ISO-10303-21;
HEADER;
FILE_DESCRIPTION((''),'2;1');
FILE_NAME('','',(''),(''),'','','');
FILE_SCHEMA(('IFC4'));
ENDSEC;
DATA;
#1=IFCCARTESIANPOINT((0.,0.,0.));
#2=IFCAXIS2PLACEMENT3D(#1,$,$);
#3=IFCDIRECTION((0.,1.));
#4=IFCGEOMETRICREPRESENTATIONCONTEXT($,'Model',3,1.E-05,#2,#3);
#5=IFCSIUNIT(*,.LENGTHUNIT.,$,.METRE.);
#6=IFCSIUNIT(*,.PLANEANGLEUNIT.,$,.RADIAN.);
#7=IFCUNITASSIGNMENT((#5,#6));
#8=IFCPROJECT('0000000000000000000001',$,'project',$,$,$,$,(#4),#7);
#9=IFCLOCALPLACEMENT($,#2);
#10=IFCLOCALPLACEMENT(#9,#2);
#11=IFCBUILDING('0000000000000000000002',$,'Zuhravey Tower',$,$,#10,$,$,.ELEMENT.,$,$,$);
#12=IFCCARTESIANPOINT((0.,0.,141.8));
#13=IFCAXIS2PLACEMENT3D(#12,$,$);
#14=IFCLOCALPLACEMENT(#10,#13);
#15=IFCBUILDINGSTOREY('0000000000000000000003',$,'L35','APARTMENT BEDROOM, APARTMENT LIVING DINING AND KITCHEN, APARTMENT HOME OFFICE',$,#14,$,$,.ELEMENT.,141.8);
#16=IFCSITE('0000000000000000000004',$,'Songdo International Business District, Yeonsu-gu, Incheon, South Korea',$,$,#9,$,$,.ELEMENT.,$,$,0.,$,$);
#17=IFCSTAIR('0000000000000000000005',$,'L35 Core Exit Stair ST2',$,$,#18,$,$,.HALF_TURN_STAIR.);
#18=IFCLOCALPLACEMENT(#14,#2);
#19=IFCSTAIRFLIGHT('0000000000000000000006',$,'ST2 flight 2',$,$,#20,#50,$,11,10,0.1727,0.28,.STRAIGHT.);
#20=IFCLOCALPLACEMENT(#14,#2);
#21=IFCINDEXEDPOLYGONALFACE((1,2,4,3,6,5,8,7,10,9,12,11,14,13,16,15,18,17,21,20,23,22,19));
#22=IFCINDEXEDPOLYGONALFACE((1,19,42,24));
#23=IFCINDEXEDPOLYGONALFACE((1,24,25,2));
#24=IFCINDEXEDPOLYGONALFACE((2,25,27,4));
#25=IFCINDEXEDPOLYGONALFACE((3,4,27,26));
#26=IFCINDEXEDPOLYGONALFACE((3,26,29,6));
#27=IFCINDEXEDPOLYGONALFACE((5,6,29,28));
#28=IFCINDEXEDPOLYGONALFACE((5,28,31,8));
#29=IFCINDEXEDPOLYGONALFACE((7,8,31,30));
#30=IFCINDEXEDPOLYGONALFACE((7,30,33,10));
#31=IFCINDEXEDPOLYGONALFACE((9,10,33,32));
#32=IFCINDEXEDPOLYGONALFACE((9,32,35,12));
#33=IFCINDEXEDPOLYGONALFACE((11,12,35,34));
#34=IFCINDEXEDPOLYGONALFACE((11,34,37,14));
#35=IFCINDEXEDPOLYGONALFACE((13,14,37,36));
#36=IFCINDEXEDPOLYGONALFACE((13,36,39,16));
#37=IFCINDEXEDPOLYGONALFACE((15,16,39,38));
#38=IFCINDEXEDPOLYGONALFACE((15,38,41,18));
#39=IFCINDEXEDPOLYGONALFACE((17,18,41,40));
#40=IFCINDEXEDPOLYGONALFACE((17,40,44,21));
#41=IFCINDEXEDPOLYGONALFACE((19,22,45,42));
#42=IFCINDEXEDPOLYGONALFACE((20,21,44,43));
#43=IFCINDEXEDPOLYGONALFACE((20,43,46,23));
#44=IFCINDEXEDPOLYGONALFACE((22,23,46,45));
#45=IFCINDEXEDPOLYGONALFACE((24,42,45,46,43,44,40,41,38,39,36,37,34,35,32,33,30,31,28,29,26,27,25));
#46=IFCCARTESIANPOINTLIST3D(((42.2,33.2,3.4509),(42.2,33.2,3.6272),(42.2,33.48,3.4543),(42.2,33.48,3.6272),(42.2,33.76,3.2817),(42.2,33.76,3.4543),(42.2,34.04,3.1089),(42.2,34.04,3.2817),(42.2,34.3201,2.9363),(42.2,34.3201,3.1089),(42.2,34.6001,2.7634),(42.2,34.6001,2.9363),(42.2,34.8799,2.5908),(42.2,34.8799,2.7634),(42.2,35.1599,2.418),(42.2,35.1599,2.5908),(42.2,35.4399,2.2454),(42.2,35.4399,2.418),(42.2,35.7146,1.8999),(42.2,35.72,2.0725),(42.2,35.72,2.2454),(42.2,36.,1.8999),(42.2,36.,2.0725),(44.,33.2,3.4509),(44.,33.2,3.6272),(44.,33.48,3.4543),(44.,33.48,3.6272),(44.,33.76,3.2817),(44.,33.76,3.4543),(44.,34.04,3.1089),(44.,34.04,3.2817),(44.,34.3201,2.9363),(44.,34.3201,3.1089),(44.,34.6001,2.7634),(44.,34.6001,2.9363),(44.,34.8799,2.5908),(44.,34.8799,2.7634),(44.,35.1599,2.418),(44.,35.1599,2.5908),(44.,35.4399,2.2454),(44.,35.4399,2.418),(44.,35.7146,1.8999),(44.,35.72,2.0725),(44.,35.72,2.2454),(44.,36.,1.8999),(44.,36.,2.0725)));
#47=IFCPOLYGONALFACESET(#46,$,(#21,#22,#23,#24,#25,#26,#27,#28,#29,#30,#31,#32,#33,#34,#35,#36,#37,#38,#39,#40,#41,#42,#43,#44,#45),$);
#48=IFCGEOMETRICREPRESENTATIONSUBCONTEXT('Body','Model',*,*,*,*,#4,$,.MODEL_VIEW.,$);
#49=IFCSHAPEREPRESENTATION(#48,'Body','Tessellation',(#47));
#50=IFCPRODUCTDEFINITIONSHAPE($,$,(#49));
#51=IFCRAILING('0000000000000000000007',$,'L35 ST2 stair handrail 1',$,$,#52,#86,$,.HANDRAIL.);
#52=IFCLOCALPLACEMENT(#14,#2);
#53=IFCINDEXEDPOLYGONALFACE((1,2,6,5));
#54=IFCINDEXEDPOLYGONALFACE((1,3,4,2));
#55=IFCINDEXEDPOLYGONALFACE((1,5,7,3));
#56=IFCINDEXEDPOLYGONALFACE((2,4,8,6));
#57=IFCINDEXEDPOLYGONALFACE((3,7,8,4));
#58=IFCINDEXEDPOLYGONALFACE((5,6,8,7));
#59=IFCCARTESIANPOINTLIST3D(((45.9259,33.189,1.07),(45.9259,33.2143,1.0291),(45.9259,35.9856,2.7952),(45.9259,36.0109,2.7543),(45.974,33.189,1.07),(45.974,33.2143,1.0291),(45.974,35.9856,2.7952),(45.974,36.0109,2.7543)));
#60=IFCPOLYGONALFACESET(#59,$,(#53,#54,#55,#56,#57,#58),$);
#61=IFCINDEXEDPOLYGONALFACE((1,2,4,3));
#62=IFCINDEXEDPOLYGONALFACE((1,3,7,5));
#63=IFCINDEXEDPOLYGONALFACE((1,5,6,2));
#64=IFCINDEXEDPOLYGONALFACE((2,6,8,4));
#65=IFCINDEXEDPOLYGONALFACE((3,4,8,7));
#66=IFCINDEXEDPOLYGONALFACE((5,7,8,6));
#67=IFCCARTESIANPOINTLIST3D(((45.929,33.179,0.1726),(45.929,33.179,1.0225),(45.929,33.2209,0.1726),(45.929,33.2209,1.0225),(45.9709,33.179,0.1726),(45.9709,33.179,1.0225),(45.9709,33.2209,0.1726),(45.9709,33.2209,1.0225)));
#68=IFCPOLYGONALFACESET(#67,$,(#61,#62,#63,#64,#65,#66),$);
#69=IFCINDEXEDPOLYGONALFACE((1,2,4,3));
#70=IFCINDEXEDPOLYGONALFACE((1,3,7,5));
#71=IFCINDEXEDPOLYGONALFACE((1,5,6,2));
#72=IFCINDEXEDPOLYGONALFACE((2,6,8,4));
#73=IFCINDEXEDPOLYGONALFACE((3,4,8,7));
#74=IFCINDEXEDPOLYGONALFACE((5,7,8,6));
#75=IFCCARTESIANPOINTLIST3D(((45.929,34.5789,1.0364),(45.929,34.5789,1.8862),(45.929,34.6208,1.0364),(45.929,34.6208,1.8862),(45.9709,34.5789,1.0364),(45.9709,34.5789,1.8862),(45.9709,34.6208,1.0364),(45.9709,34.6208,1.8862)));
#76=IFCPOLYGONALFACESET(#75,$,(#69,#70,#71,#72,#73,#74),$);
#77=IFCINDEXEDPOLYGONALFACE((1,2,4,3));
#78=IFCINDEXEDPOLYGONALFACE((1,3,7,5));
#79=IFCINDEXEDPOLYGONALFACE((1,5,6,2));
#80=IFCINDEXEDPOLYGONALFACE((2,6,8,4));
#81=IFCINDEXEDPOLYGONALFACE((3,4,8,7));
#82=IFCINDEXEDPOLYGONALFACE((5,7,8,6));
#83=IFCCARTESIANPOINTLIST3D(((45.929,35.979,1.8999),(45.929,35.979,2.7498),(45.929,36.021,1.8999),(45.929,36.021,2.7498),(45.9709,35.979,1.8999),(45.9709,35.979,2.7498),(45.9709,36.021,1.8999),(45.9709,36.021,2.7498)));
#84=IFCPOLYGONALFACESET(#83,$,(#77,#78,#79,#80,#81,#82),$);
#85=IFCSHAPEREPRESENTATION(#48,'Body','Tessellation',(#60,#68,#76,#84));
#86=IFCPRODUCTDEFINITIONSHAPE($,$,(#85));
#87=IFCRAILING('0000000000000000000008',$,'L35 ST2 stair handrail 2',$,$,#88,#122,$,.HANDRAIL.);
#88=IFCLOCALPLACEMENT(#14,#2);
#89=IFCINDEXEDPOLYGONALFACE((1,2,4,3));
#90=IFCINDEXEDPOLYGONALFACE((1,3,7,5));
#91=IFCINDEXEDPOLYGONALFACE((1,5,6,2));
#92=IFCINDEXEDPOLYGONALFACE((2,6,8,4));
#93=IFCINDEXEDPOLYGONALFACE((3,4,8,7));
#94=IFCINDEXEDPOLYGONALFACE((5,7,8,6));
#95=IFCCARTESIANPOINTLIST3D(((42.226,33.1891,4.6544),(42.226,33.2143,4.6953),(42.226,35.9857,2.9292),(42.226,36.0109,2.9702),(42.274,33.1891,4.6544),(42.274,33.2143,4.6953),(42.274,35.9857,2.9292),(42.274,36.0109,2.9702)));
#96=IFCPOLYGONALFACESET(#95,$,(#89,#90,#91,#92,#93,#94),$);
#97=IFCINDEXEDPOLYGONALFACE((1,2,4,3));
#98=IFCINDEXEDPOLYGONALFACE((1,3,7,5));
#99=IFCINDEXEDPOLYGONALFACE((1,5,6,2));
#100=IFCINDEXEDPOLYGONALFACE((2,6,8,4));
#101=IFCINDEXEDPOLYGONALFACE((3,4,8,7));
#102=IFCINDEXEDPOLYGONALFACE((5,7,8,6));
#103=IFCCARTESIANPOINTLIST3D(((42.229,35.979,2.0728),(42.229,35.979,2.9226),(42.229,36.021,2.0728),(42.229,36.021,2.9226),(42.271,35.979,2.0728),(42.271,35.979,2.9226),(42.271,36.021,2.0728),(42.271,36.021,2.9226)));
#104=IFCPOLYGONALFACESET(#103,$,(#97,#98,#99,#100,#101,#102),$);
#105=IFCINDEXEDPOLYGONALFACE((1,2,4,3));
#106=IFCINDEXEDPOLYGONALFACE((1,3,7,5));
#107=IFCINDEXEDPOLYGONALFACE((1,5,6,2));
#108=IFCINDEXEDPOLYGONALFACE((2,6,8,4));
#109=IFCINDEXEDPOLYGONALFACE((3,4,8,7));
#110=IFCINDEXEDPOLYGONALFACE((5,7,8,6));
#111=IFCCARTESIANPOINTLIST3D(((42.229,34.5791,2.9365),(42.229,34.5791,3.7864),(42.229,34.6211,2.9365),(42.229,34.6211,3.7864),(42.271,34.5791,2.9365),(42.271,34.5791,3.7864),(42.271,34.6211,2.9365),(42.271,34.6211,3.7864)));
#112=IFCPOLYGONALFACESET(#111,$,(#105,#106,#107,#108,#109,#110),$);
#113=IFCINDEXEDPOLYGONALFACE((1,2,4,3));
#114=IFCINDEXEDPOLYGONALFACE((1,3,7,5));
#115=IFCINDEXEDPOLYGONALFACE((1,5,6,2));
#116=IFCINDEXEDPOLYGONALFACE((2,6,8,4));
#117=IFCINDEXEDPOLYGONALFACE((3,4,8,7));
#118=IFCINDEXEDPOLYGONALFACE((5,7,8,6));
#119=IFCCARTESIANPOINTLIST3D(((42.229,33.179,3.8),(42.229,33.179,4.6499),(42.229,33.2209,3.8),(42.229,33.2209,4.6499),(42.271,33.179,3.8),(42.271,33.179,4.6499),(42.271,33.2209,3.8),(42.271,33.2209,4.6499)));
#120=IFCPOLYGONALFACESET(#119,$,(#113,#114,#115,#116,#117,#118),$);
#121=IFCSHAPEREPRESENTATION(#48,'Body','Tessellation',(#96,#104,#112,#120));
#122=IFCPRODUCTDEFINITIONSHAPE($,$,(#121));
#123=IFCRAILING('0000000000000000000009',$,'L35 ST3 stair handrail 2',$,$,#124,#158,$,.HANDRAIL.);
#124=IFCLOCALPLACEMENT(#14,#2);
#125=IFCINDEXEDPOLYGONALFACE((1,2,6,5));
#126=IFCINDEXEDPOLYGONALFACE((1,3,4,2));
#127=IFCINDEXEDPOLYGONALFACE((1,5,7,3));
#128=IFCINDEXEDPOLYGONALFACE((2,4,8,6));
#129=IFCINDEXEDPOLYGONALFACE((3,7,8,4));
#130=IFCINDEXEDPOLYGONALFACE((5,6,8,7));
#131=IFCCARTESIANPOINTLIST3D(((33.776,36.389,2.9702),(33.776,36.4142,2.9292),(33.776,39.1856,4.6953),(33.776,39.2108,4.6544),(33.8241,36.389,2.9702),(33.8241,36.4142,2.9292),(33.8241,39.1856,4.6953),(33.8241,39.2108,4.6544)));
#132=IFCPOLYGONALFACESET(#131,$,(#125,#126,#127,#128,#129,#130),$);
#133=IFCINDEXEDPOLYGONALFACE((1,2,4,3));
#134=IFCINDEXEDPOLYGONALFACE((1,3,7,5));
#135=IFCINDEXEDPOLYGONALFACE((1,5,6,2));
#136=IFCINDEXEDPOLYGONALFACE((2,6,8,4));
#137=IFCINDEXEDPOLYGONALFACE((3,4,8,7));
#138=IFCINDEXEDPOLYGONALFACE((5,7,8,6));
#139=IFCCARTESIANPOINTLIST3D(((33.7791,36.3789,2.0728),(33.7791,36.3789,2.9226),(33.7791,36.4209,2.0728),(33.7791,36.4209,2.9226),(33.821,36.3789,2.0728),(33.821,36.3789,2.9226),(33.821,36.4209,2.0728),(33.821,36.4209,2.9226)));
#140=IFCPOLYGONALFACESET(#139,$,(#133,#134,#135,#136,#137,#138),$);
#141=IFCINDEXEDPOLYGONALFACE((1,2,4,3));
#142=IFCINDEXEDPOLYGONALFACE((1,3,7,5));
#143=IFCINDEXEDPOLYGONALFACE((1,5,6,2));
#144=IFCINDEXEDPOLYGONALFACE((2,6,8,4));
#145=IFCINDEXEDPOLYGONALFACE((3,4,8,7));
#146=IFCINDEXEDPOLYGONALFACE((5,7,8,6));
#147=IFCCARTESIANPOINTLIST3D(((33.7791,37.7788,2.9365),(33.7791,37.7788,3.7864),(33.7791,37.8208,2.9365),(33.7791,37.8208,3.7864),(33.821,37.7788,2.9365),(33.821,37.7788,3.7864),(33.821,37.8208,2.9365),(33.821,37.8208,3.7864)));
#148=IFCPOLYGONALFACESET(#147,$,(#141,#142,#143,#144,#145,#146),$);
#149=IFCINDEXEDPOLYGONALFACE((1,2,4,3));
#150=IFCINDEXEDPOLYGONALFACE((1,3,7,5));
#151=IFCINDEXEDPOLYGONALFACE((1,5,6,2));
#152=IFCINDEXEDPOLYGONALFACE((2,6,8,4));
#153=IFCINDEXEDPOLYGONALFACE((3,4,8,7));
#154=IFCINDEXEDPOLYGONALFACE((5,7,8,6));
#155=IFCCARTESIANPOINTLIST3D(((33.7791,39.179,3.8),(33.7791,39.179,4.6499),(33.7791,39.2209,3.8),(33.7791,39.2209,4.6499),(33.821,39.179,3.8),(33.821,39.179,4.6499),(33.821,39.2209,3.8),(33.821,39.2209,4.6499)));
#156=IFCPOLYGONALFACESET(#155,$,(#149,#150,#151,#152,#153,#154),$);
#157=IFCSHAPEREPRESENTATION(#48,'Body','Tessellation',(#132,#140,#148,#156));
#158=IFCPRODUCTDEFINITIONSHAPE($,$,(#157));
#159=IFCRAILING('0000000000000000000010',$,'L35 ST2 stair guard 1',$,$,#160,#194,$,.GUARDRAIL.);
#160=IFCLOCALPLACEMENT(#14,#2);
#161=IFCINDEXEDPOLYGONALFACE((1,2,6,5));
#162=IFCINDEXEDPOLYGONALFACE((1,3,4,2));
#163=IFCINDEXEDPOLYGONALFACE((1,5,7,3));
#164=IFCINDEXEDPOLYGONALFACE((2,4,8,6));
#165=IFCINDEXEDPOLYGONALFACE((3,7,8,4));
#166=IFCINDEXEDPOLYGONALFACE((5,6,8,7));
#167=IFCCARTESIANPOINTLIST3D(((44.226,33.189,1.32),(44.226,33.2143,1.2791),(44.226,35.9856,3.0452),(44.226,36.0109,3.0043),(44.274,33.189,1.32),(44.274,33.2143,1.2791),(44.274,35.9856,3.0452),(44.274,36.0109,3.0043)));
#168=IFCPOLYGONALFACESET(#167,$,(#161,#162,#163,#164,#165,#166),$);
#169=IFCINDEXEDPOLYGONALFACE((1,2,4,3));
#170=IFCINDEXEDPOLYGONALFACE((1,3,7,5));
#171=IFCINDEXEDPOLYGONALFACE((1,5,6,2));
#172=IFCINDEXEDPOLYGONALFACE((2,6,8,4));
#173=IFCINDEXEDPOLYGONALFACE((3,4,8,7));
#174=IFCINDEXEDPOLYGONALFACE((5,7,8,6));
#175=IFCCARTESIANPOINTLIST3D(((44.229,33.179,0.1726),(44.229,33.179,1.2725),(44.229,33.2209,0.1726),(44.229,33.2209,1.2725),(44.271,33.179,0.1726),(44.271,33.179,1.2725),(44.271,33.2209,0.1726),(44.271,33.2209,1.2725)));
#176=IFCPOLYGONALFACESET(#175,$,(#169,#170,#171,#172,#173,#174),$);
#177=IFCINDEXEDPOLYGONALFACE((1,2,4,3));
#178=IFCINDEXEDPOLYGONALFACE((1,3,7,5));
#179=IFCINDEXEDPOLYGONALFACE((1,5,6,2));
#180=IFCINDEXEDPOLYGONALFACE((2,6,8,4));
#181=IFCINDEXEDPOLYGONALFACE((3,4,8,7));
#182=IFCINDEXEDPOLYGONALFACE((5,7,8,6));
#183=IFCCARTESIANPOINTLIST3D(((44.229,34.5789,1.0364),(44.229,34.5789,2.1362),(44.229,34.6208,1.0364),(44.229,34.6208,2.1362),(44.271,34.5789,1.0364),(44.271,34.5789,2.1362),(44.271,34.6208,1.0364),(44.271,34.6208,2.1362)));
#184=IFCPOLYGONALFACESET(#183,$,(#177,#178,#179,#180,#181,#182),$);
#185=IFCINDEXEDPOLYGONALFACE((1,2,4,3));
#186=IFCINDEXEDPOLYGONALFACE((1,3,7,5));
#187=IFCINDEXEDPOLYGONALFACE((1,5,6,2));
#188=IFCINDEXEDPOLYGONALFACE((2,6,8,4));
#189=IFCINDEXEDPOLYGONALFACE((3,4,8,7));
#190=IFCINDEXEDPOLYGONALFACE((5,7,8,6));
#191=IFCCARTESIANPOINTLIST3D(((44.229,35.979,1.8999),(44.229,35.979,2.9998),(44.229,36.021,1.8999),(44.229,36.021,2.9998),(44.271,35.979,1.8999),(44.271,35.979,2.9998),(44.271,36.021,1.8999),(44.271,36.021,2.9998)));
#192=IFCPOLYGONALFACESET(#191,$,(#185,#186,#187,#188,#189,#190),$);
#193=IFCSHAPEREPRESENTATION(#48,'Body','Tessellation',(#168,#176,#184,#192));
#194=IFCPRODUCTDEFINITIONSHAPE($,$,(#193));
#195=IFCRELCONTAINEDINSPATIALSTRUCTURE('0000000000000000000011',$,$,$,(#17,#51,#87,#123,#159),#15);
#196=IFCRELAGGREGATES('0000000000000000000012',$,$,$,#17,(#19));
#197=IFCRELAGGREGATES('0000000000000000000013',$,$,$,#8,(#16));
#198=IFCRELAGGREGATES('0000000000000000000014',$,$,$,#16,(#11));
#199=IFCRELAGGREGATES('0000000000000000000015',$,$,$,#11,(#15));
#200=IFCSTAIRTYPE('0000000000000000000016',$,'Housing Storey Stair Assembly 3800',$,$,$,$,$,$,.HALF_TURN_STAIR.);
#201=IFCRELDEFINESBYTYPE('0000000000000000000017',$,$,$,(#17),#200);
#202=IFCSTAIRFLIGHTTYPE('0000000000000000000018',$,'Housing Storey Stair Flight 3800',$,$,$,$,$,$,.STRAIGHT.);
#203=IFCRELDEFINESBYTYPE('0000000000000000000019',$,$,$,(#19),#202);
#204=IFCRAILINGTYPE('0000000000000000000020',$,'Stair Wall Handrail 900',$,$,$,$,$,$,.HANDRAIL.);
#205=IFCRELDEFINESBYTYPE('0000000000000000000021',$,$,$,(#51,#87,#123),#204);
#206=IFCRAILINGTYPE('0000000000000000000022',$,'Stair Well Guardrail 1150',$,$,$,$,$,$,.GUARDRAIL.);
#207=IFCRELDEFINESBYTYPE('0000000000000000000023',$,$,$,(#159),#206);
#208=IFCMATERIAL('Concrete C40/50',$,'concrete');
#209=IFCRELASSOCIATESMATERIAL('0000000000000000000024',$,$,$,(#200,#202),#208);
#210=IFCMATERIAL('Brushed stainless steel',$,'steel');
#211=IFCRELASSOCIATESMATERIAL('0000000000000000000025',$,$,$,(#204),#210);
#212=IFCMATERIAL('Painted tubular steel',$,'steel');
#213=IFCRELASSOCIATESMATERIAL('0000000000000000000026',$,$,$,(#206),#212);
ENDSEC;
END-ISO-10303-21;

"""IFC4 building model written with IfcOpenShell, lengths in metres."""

from ifc_helpers import new_model, si_unit, direction, frame, origin, origin_2d, place, context, subcontext, project, spatial, polyline, rectangle, outline, extrude, material, type_object, element, aggregate, save


model = new_model("IFC4")

# Units and contexts
model_context = context("Model", 3, precision=1e-05, world=origin(), true_north=direction((0.0, 1.0)))
body_context = subcontext(model_context, "Body", "Model", "MODEL_VIEW")
ifc_project = project(units=[si_unit("LENGTHUNIT", "METRE"), si_unit("PLANEANGLEUNIT", "RADIAN")], contexts=[model_context])

# Site, building, storey
site_placement = place(None, origin())
site = spatial("IfcSite", under=ifc_project, at=site_placement, Name="Songdo International Business District, Yeonsu-gu, Incheon, South Korea", CompositionType="ELEMENT", RefElevation=0.0)
building_placement = place(site_placement, origin())
building = spatial("IfcBuilding", under=site, at=building_placement, Name="Zuhravey Tower", CompositionType="ELEMENT")
storey_placement = place(building_placement, frame((0.0, 0.0, 141.8)))
storey = spatial("IfcBuildingStorey", under=building, at=storey_placement, Name="L35", Description="APARTMENT BEDROOM, APARTMENT LIVING DINING AND KITCHEN, APARTMENT HOME OFFICE", CompositionType="ELEMENT", Elevation=141.8)

# Stair, stair flight
ifc_material_1 = material(Name="Concrete C40/50", Category="concrete")
stair_type = type_object("IfcStairType", Name="Housing Storey Stair Assembly 3800", PredefinedType="HALF_TURN_STAIR", material=ifc_material_1)
stair_placement = place(storey_placement, origin())
stair = element("IfcStair", 1, at=stair_placement, inside=storey, type_object=stair_type, Name="L35 Core Exit Stair ST2", PredefinedType="HALF_TURN_STAIR")
stair_flight_type = type_object("IfcStairFlightType", Name="Housing Storey Stair Flight 3800", PredefinedType="STRAIGHT", material=ifc_material_1)
stair_flight_1_placement = place(storey_placement, frame((43.1001, 36.0, 1.8999), z_axis=(0.0, 0.0, 1.0), x_axis=(0.0, -1.0, 0.0)))
stair_flight_1 = element("IfcStairFlight", 2, at=stair_flight_1_placement, type_object=stair_flight_type, Name="ST2 flight 2", NumberOfRisers=11, NumberOfTreads=10, PredefinedType="STRAIGHT", RiserHeight=0.1727, TreadLength=0.28, context=body_context, shape_type="SweptSolid", body=[
    extrude(outline(polyline([(0.0, 0.0), (0.0, 0.1726), (0.28, 0.1726), (0.28, 0.3455), (0.5601, 0.3455), (0.5601, 0.5181), (0.8401, 0.5181), (0.8401, 0.6909), (1.1201, 0.6909), (1.1201, 0.8635), (1.3999, 0.8635), (1.3999, 1.0364), (1.6799, 1.0364), (1.6799, 1.209), (1.96, 1.209), (1.96, 1.3818), (2.24, 1.3818), (2.24, 1.5544), (2.52, 1.5544), (2.52, 1.7273), (2.8, 1.7273), (2.8, 1.8999), (2.8, 1.551), (0.2854, 0.0), (0.0, 0.0)])), frame((0.0, 0.8999, 0.0), z_axis=(0.0, -1.0, 0.0), x_axis=(1.0, 0.0, 0.0)), (0.0, 0.0, 1.0), 1.8),
])
aggregate(stair, [stair_flight_1])

# Railings
ifc_material_2 = material(Name="Brushed stainless steel", Category="steel")
railing_type_1 = type_object("IfcRailingType", Name="Stair Wall Handrail 900", PredefinedType="HANDRAIL", material=ifc_material_2)
railing_1_placement = place(storey_placement, frame((45.95, 33.2, 0.1726)))
element("IfcRailing", 3, at=railing_1_placement, inside=storey, type_object=railing_type_1, Name="L35 ST2 stair handrail 1", PredefinedType="HANDRAIL", context=body_context, shape_type="SweptSolid", body=[
    extrude(rectangle(XDim=0.0481, YDim=0.0481, at=origin_2d()), frame((0.0, 0.0017, 0.877), z_axis=(0.0, 0.85109, 0.52502), x_axis=(-1.0, 0.0, 0.0)), (0.0, 0.0, 1.0), 3.2859),
    extrude(rectangle(XDim=0.042, YDim=0.042, at=origin_2d()), origin(), (0.0, 0.0, 1.0), 0.8499),
    extrude(rectangle(XDim=0.042, YDim=0.042, at=origin_2d()), frame((0.0, 1.3999, 0.8638)), (0.0, 0.0, 1.0), 0.8499),
    extrude(rectangle(XDim=0.042, YDim=0.042, at=origin_2d()), frame((0.0, 2.8, 1.7273)), (0.0, 0.0, 1.0), 0.8499),
])
railing_2_placement = place(storey_placement, frame((42.25, 36.0, 2.0728)))
element("IfcRailing", 4, at=railing_2_placement, inside=storey, type_object=railing_type_1, Name="L35 ST2 stair handrail 2", PredefinedType="HANDRAIL", context=body_context, shape_type="SweptSolid", body=[
    extrude(rectangle(XDim=0.0481, YDim=0.0481, at=origin_2d()), frame((0.0, -0.0017, 0.877), z_axis=(0.0, -0.85109, 0.52502), x_axis=(1.0, 0.0, 0.0)), (0.0, 0.0, 1.0), 3.2859),
    extrude(rectangle(XDim=0.042, YDim=0.042, at=origin_2d()), origin(), (0.0, 0.0, 1.0), 0.8499),
    extrude(rectangle(XDim=0.042, YDim=0.042, at=origin_2d()), frame((0.0, -1.3999, 0.8638)), (0.0, 0.0, 1.0), 0.8499),
    extrude(rectangle(XDim=0.042, YDim=0.042, at=origin_2d()), frame((0.0, -2.8, 1.7273)), (0.0, 0.0, 1.0), 0.8499),
])
railing_3_placement = place(storey_placement, frame((33.8, 36.3999, 2.0728)))
element("IfcRailing", 5, at=railing_3_placement, inside=storey, type_object=railing_type_1, Name="L35 ST3 stair handrail 2", PredefinedType="HANDRAIL", context=body_context, shape_type="SweptSolid", body=[
    extrude(rectangle(XDim=0.0481, YDim=0.0481, at=origin_2d()), frame((0.0, 0.0017, 0.877), z_axis=(0.0, 0.85109, 0.52502), x_axis=(-1.0, 0.0, 0.0)), (0.0, 0.0, 1.0), 3.2859),
    extrude(rectangle(XDim=0.042, YDim=0.042, at=origin_2d()), origin(), (0.0, 0.0, 1.0), 0.8499),
    extrude(rectangle(XDim=0.042, YDim=0.042, at=origin_2d()), frame((0.0, 1.3999, 0.8638)), (0.0, 0.0, 1.0), 0.8499),
    extrude(rectangle(XDim=0.042, YDim=0.042, at=origin_2d()), frame((0.0, 2.8, 1.7273)), (0.0, 0.0, 1.0), 0.8499),
])
ifc_material_3 = material(Name="Painted tubular steel", Category="steel")
railing_type_2 = type_object("IfcRailingType", Name="Stair Well Guardrail 1150", PredefinedType="GUARDRAIL", material=ifc_material_3)
railing_4_placement = place(storey_placement, frame((44.25, 33.2, 0.1726)))
element("IfcRailing", 6, at=railing_4_placement, inside=storey, type_object=railing_type_2, Name="L35 ST2 stair guard 1", PredefinedType="GUARDRAIL", context=body_context, shape_type="SweptSolid", body=[
    extrude(rectangle(XDim=0.0481, YDim=0.0481, at=origin_2d()), frame((0.0, 0.0017, 1.127), z_axis=(0.0, 0.85109, 0.52502), x_axis=(-1.0, 0.0, 0.0)), (0.0, 0.0, 1.0), 3.2859),
    extrude(rectangle(XDim=0.042, YDim=0.042, at=origin_2d()), origin(), (0.0, 0.0, 1.0), 1.0999),
    extrude(rectangle(XDim=0.042, YDim=0.042, at=origin_2d()), frame((0.0, 1.3999, 0.8638)), (0.0, 0.0, 1.0), 1.0999),
    extrude(rectangle(XDim=0.042, YDim=0.042, at=origin_2d()), frame((0.0, 2.8, 1.7273)), (0.0, 0.0, 1.0), 1.0999),
])

save(model, "model.ifc")
